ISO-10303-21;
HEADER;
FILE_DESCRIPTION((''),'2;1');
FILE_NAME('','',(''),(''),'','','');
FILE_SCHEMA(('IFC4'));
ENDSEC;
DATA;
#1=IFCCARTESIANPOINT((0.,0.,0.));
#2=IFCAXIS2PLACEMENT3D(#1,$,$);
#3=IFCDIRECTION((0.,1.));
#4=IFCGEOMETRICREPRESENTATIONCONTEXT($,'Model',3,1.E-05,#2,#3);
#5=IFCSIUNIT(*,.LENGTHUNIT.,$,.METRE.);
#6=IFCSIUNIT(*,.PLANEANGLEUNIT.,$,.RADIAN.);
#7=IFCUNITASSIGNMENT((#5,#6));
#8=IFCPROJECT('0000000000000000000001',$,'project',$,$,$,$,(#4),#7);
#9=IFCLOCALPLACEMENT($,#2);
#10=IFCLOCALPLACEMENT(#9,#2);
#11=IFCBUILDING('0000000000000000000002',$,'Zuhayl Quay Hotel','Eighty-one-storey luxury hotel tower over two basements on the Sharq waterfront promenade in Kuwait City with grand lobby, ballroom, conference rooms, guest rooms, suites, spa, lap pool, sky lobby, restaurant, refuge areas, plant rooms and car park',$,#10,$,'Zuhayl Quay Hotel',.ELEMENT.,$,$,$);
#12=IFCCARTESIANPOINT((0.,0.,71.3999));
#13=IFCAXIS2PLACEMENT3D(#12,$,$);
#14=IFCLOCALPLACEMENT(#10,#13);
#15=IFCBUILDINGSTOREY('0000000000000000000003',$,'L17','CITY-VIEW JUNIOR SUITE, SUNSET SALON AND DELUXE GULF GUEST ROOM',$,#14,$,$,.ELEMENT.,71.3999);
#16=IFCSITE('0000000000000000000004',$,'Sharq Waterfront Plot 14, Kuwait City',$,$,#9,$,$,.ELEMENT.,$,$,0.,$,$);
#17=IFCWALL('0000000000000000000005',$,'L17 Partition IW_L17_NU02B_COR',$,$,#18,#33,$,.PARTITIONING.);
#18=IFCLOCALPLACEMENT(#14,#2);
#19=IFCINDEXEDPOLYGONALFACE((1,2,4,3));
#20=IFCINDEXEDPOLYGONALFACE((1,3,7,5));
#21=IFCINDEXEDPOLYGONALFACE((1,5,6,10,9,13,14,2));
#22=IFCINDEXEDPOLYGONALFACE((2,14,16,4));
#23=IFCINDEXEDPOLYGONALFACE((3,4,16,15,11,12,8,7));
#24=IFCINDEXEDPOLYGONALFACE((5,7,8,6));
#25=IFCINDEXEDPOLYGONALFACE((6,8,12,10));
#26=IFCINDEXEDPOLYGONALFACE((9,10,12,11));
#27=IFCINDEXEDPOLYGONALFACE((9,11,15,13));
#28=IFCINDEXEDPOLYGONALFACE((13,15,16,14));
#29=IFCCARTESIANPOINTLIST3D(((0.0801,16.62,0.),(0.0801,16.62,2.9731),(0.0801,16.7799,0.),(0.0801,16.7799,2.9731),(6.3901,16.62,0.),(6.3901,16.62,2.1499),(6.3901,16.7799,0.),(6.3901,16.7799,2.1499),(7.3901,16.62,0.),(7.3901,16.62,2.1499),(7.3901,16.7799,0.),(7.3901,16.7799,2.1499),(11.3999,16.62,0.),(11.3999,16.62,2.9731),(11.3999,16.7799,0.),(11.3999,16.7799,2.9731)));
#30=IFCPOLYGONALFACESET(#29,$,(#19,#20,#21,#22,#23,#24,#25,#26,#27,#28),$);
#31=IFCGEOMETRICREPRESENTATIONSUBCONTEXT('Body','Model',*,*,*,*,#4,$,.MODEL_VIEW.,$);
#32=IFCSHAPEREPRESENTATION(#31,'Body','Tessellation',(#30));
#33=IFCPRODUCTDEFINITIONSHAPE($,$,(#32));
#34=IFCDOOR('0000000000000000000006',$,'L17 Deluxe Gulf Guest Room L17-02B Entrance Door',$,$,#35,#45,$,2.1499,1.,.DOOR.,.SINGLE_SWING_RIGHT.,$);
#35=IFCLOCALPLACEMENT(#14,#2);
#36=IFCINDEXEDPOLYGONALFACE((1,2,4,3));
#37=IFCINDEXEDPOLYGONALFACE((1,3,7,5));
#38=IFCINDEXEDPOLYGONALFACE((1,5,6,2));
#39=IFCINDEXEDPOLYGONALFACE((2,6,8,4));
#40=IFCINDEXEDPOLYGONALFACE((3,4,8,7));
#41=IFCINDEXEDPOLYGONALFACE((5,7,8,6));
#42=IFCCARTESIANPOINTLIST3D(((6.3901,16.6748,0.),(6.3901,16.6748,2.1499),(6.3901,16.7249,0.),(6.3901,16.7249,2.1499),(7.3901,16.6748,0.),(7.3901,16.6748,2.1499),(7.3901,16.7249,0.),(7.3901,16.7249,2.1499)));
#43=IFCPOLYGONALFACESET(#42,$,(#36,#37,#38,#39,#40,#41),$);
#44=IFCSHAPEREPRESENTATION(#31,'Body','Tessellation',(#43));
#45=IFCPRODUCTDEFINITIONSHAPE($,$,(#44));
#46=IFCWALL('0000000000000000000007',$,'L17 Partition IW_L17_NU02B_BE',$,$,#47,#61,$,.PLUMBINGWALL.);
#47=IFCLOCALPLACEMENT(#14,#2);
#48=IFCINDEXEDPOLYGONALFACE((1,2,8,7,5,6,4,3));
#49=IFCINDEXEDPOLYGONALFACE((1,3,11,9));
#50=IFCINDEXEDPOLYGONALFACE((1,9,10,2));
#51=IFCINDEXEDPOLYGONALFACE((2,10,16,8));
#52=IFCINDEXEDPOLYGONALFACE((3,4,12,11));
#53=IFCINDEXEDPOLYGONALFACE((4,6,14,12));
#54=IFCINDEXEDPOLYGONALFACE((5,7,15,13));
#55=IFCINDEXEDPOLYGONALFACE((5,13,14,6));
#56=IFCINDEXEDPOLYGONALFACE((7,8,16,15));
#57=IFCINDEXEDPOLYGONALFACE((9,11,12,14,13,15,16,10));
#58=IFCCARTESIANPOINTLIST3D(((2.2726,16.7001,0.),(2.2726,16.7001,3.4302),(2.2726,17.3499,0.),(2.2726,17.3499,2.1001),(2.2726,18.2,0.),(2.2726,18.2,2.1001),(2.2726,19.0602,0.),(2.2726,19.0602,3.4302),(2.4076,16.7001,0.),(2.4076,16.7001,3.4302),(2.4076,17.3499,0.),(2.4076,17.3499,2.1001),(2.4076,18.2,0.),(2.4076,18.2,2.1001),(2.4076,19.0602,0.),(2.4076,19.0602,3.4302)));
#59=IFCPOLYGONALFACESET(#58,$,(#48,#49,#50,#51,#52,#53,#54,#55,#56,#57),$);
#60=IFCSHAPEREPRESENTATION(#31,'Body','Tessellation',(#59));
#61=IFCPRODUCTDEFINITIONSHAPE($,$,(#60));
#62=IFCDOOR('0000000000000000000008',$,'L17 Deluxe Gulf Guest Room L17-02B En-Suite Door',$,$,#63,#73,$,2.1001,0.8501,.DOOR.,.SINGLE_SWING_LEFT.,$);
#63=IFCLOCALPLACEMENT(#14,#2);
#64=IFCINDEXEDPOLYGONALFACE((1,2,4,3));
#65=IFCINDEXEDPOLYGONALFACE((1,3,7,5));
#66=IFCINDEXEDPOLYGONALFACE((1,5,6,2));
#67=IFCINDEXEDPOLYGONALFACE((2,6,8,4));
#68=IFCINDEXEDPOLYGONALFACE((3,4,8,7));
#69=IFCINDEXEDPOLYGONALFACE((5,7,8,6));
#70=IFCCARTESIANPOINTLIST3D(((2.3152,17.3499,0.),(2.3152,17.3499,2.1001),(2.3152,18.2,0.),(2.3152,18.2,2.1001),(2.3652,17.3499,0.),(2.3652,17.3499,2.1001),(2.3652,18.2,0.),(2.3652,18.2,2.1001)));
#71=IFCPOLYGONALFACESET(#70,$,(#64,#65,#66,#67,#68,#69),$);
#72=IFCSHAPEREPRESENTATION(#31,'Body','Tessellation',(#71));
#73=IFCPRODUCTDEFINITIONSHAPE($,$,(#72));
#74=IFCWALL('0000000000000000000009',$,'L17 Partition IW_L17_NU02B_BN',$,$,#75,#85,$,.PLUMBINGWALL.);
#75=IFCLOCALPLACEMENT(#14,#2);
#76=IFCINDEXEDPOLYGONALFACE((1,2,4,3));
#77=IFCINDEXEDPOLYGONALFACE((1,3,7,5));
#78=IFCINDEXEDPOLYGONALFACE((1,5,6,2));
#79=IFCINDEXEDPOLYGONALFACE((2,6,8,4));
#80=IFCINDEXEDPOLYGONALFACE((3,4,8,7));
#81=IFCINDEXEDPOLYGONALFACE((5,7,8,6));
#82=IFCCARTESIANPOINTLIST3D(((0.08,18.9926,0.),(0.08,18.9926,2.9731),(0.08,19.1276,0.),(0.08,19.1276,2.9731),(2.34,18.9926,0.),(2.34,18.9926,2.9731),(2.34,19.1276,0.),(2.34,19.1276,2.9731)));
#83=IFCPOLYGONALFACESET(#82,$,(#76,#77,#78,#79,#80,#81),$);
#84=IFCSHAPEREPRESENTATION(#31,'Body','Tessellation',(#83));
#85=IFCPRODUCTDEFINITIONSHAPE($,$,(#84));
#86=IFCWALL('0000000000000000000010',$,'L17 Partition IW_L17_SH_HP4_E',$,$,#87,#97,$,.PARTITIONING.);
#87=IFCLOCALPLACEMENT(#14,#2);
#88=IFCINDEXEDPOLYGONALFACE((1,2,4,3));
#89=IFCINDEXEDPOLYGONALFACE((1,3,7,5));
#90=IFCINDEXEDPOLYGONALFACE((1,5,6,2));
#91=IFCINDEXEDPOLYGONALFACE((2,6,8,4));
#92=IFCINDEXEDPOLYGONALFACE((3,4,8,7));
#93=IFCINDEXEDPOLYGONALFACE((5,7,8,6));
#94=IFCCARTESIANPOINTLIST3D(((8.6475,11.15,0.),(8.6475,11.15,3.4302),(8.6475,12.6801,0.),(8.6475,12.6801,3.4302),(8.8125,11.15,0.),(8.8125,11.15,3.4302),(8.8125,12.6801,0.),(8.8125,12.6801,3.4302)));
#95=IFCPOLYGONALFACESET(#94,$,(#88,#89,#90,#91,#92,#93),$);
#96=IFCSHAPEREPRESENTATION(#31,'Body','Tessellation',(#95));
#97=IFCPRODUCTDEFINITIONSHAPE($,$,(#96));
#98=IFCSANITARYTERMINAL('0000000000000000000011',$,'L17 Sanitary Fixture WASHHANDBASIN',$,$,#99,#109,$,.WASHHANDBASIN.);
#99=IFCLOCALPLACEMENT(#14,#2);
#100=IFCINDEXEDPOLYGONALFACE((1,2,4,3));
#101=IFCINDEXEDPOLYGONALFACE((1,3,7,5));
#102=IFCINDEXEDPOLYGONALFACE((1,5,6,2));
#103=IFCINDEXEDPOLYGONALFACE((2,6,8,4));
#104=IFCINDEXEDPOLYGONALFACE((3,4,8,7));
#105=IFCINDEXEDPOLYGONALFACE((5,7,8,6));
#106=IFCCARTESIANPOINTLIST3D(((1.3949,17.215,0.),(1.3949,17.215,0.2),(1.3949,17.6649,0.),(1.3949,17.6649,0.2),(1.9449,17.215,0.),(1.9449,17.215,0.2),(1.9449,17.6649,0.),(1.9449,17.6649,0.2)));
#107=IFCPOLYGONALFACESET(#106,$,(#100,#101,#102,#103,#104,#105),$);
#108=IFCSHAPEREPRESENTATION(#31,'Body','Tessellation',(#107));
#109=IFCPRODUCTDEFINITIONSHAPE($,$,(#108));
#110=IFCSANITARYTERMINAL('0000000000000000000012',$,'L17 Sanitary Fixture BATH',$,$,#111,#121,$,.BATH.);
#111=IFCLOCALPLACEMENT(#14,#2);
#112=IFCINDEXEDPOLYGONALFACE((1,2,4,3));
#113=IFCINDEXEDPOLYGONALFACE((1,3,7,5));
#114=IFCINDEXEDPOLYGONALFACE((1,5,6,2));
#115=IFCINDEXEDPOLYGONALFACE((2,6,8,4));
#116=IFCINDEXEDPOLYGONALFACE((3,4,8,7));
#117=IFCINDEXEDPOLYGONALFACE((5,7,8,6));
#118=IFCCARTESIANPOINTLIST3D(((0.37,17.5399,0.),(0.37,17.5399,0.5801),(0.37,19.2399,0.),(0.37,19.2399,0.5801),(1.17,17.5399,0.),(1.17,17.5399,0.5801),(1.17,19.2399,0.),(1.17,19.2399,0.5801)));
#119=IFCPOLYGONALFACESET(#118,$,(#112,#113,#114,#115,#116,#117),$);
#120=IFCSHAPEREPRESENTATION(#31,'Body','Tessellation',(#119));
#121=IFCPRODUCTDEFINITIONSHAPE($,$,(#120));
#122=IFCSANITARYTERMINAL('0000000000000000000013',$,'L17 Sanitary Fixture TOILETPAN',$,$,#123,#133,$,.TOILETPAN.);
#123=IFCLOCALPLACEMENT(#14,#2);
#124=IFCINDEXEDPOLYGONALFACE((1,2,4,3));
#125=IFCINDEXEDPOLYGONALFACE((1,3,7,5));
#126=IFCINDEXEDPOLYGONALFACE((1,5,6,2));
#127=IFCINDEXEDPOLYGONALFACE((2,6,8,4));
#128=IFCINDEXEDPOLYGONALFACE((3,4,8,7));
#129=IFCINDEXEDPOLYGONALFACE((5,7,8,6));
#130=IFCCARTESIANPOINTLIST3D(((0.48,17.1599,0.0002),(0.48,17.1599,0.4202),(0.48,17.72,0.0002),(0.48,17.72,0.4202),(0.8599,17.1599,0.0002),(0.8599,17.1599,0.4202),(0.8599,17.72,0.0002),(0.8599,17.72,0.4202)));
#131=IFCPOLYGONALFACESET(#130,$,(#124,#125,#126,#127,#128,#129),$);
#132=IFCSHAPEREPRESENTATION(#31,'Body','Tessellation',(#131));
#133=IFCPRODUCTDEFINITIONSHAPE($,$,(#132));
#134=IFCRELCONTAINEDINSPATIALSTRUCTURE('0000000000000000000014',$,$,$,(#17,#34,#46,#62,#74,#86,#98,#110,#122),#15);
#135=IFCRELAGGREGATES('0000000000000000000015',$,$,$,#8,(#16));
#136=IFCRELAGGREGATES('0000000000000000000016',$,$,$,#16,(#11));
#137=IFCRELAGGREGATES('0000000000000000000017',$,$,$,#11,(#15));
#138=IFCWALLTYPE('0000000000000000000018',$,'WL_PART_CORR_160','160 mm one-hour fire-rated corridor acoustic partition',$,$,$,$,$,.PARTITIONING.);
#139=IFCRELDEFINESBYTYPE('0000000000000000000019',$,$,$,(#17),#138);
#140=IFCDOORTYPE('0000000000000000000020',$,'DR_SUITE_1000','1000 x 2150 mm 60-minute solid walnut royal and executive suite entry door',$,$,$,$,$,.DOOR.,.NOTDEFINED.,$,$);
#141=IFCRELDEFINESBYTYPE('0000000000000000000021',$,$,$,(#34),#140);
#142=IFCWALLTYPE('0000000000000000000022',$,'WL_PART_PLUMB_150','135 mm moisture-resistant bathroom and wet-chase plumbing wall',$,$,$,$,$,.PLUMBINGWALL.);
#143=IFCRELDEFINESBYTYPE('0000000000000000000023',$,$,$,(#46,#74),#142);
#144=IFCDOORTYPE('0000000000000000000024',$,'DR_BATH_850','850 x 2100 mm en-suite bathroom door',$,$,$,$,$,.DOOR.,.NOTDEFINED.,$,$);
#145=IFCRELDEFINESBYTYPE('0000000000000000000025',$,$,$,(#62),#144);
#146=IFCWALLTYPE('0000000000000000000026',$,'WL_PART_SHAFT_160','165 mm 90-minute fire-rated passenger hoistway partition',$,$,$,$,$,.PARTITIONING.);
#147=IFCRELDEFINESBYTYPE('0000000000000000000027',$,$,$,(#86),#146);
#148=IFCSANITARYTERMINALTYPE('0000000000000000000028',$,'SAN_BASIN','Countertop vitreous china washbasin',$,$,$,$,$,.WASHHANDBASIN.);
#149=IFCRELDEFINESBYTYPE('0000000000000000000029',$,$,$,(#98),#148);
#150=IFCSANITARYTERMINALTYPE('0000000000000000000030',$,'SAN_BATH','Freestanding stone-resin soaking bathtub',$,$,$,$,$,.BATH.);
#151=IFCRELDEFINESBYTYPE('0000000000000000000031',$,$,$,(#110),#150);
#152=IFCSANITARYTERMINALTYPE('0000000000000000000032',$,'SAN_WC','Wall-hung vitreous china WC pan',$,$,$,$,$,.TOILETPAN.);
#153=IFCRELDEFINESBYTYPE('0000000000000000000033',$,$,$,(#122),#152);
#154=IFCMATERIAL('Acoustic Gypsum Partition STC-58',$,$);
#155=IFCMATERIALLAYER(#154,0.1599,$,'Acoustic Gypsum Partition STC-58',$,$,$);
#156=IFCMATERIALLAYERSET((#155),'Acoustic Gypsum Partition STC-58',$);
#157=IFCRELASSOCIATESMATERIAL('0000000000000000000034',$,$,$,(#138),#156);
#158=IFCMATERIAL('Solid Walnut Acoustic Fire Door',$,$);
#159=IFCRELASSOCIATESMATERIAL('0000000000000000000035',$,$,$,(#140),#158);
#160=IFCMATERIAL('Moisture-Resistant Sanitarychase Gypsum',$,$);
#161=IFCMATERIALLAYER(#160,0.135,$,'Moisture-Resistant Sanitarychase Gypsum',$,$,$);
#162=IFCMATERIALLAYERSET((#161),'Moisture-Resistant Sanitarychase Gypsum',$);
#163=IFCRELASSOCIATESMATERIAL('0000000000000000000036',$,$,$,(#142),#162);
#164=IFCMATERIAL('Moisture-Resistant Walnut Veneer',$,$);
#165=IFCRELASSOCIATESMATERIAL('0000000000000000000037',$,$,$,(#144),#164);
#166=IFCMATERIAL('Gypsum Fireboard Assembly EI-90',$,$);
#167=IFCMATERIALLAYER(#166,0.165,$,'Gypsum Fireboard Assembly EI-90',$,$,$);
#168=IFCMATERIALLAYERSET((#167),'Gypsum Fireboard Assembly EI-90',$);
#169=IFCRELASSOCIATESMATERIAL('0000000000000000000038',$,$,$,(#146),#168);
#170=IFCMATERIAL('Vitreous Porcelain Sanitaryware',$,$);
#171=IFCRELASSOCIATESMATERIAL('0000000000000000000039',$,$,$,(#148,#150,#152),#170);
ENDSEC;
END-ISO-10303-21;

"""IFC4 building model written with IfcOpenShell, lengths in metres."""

from ifc_helpers import new_model, si_unit, direction, frame, frame_2d, origin, origin_2d, place, context, subcontext, project, spatial, rectangle, extrude, material, layer, layer_set, type_object, element, fill, save


model = new_model("IFC4")

# Units and contexts
model_context = context("Model", 3, precision=1e-05, world=origin(), true_north=direction((0.0, 1.0)))
body_context = subcontext(model_context, "Body", "Model", "MODEL_VIEW")
ifc_project = project(units=[si_unit("LENGTHUNIT", "METRE"), si_unit("PLANEANGLEUNIT", "RADIAN")], contexts=[model_context])

# Site, building, storey
site_placement = place(None, origin())
site = spatial("IfcSite", under=ifc_project, at=site_placement, Name="Sharq Waterfront Plot 14, Kuwait City", CompositionType="ELEMENT", RefElevation=0.0)
building_placement = place(site_placement, origin())
building = spatial("IfcBuilding", under=site, at=building_placement, Name="Zuhayl Quay Hotel", Description="Eighty-one-storey luxury hotel tower over two basements on the Sharq waterfront promenade in Kuwait City with grand lobby, ballroom, conference rooms, guest rooms, suites, spa, lap pool, sky lobby, restaurant, refuge areas, plant rooms and car park", LongName="Zuhayl Quay Hotel", CompositionType="ELEMENT")
storey_placement = place(building_placement, frame((0.0, 0.0, 71.3999)))
storey = spatial("IfcBuildingStorey", under=building, at=storey_placement, Name="L17", Description="CITY-VIEW JUNIOR SUITE, SUNSET SALON AND DELUXE GULF GUEST ROOM", CompositionType="ELEMENT", Elevation=71.3999)

# Shared definitions
ifc_material_1 = material(Name="Acoustic Gypsum Partition STC-58")

# Walls, openings, doors
ifc_layer_1 = layer(ifc_material_1, 0.1599, Name="Acoustic Gypsum Partition STC-58")
ifc_layer_set_1 = layer_set([ifc_layer_1], Name="Acoustic Gypsum Partition STC-58")
wall_type_1 = type_object("IfcWallType", Name="WL_PART_CORR_160", Description="160 mm one-hour fire-rated corridor acoustic partition", PredefinedType="PARTITIONING", material=ifc_layer_set_1)
wall_1_placement = place(storey_placement, frame((0.0801, 16.7, 0.0), z_axis=(0.0, 0.0, 1.0), x_axis=(1.0, 0.0, 0.0)))
wall_1 = element("IfcWall", 1, at=wall_1_placement, inside=storey, type_object=wall_type_1, Name="L17 Partition IW_L17_NU02B_COR", PredefinedType="PARTITIONING", context=body_context, shape_type="SweptSolid", body=[
    extrude(rectangle(XDim=11.3198, YDim=0.1599, at=frame_2d((5.6599, 0.0))), origin(), (0.0, 0.0, 1.0), 2.9731),
])
opening_1_placement = place(wall_1_placement, frame((6.3101, 0.0, 0.0)))
opening_1 = element("IfcOpeningElement", 2, at=opening_1_placement, cuts=wall_1, PredefinedType="OPENING", context=body_context, shape_type="SweptSolid", body=[
    extrude(rectangle(XDim=1.0, YDim=2.1499, at=frame_2d((0.5, 1.075))), frame((0.0, 0.0898, 0.0), z_axis=(0.0, -1.0, 0.0), x_axis=(1.0, 0.0, 0.0)), (0.0, 0.0, 1.0), 0.1799),
])
ifc_material_2 = material(Name="Solid Walnut Acoustic Fire Door")
door_type_1 = type_object("IfcDoorType", Name="DR_SUITE_1000", Description="1000 x 2150 mm 60-minute solid walnut royal and executive suite entry door", OperationType="NOTDEFINED", PredefinedType="DOOR", material=ifc_material_2)
door_1_placement = place(opening_1_placement, origin())
door_1 = element("IfcDoor", 3, at=door_1_placement, inside=storey, type_object=door_type_1, Name="L17 Deluxe Gulf Guest Room L17-02B Entrance Door", OperationType="SINGLE_SWING_RIGHT", OverallHeight=2.1499, OverallWidth=1.0, PredefinedType="DOOR", context=body_context, shape_type="SweptSolid", body=[
    extrude(rectangle(XDim=1.0, YDim=2.1499, at=frame_2d((0.5, 1.075))), frame((0.0, 0.0249, 0.0), z_axis=(0.0, -1.0, 0.0), x_axis=(1.0, 0.0, 0.0)), (0.0, 0.0, 1.0), 0.05),
])
fill(opening_1, door_1)
ifc_material_3 = material(Name="Moisture-Resistant Sanitarychase Gypsum")
ifc_layer_2 = layer(ifc_material_3, 0.135, Name="Moisture-Resistant Sanitarychase Gypsum")
ifc_layer_set_2 = layer_set([ifc_layer_2], Name="Moisture-Resistant Sanitarychase Gypsum")
wall_type_2 = type_object("IfcWallType", Name="WL_PART_PLUMB_150", Description="135 mm moisture-resistant bathroom and wet-chase plumbing wall", PredefinedType="PLUMBINGWALL", material=ifc_layer_set_2)
wall_2_placement = place(storey_placement, frame((2.3401, 16.7, 0.0), z_axis=(0.0, 0.0, 1.0), x_axis=(0.0, 1.0, 0.0)))
wall_2 = element("IfcWall", 4, at=wall_2_placement, inside=storey, type_object=wall_type_2, Name="L17 Partition IW_L17_NU02B_BE", PredefinedType="PLUMBINGWALL", context=body_context, shape_type="SweptSolid", body=[
    extrude(rectangle(XDim=2.3601, YDim=0.135, at=frame_2d((1.1802, 0.0))), origin(), (0.0, 0.0, 1.0), 3.4302),
])
opening_2_placement = place(wall_2_placement, frame((0.6499, 0.0, 0.0)))
opening_2 = element("IfcOpeningElement", 5, at=opening_2_placement, cuts=wall_2, PredefinedType="OPENING", context=body_context, shape_type="SweptSolid", body=[
    extrude(rectangle(XDim=0.8501, YDim=2.1001, at=frame_2d((0.425, 1.05))), frame((0.0, 0.0774, 0.0), z_axis=(0.0, -1.0, 0.0), x_axis=(1.0, 0.0, 0.0)), (0.0, 0.0, 1.0), 0.155),
])
ifc_material_4 = material(Name="Moisture-Resistant Walnut Veneer")
door_type_2 = type_object("IfcDoorType", Name="DR_BATH_850", Description="850 x 2100 mm en-suite bathroom door", OperationType="NOTDEFINED", PredefinedType="DOOR", material=ifc_material_4)
door_2_placement = place(opening_2_placement, origin())
door_2 = element("IfcDoor", 6, at=door_2_placement, inside=storey, type_object=door_type_2, Name="L17 Deluxe Gulf Guest Room L17-02B En-Suite Door", OperationType="SINGLE_SWING_LEFT", OverallHeight=2.1001, OverallWidth=0.8501, PredefinedType="DOOR", context=body_context, shape_type="SweptSolid", body=[
    extrude(rectangle(XDim=0.8501, YDim=2.1001, at=frame_2d((0.425, 1.05))), frame((0.0, 0.0249, 0.0), z_axis=(0.0, -1.0, 0.0), x_axis=(1.0, 0.0, 0.0)), (0.0, 0.0, 1.0), 0.05),
])
fill(opening_2, door_2)

# Walls
wall_3_placement = place(storey_placement, frame((0.0801, 19.0601, 0.0), z_axis=(0.0, 0.0, 1.0), x_axis=(1.0, 0.0, 0.0)))
element("IfcWall", 7, at=wall_3_placement, inside=storey, type_object=wall_type_2, Name="L17 Partition IW_L17_NU02B_BN", PredefinedType="PLUMBINGWALL", context=body_context, shape_type="SweptSolid", body=[
    extrude(rectangle(XDim=2.26, YDim=0.135, at=frame_2d((1.1299, 0.0))), origin(), (0.0, 0.0, 1.0), 2.9731),
])
ifc_material_5 = material(Name="Gypsum Fireboard Assembly EI-90")
ifc_layer_3 = layer(ifc_material_5, 0.165, Name="Gypsum Fireboard Assembly EI-90")
ifc_layer_set_3 = layer_set([ifc_layer_3], Name="Gypsum Fireboard Assembly EI-90")
wall_type_3 = type_object("IfcWallType", Name="WL_PART_SHAFT_160", Description="165 mm 90-minute fire-rated passenger hoistway partition", PredefinedType="PARTITIONING", material=ifc_layer_set_3)
wall_4_placement = place(storey_placement, frame((8.73, 11.1499, 0.0), z_axis=(0.0, 0.0, 1.0), x_axis=(0.0, 1.0, 0.0)))
element("IfcWall", 8, at=wall_4_placement, inside=storey, type_object=wall_type_3, Name="L17 Partition IW_L17_SH_HP4_E", PredefinedType="PARTITIONING", context=body_context, shape_type="SweptSolid", body=[
    extrude(rectangle(XDim=1.53, YDim=0.165, at=frame_2d((0.7651, 0.0))), origin(), (0.0, 0.0, 1.0), 3.4302),
])

# Sanitary terminals
ifc_material_6 = material(Name="Vitreous Porcelain Sanitaryware")
sanitary_terminal_type_1 = type_object("IfcSanitaryTerminalType", Name="SAN_BASIN", Description="Countertop vitreous china washbasin", PredefinedType="WASHHANDBASIN", material=ifc_material_6)
sanitary_terminal_1_placement = place(storey_placement, frame((1.6699, 17.4399, 0.0), z_axis=(0.0, 0.0, 1.0), x_axis=(1.0, 0.0, 0.0)))
element("IfcSanitaryTerminal", 9, at=sanitary_terminal_1_placement, inside=storey, type_object=sanitary_terminal_type_1, Name="L17 Sanitary Fixture WASHHANDBASIN", PredefinedType="WASHHANDBASIN", context=body_context, shape_type="SweptSolid", body=[
    extrude(rectangle(XDim=0.55, YDim=0.45, at=origin_2d()), origin(), (0.0, 0.0, 1.0), 0.2),
])
sanitary_terminal_type_2 = type_object("IfcSanitaryTerminalType", Name="SAN_BATH", Description="Freestanding stone-resin soaking bathtub", PredefinedType="BATH", material=ifc_material_6)
sanitary_terminal_2_placement = place(storey_placement, frame((0.77, 18.3899, 0.0), z_axis=(0.0, 0.0, 1.0), x_axis=(1.0, 0.0, 0.0)))
element("IfcSanitaryTerminal", 10, at=sanitary_terminal_2_placement, inside=storey, type_object=sanitary_terminal_type_2, Name="L17 Sanitary Fixture BATH", PredefinedType="BATH", context=body_context, shape_type="SweptSolid", body=[
    extrude(rectangle(XDim=0.8, YDim=1.7, at=origin_2d()), origin(), (0.0, 0.0, 1.0), 0.5801),
])
sanitary_terminal_type_3 = type_object("IfcSanitaryTerminalType", Name="SAN_WC", Description="Wall-hung vitreous china WC pan", PredefinedType="TOILETPAN", material=ifc_material_6)
sanitary_terminal_3_placement = place(storey_placement, frame((0.6699, 17.4399, 0.0002), z_axis=(0.0, 0.0, 1.0), x_axis=(1.0, 0.0, 0.0)))
element("IfcSanitaryTerminal", 11, at=sanitary_terminal_3_placement, inside=storey, type_object=sanitary_terminal_type_3, Name="L17 Sanitary Fixture TOILETPAN", PredefinedType="TOILETPAN", context=body_context, shape_type="SweptSolid", body=[
    extrude(rectangle(XDim=0.3799, YDim=0.5601, at=origin_2d()), origin(), (0.0, 0.0, 1.0), 0.4199),
])

save(model, "model.ifc")
